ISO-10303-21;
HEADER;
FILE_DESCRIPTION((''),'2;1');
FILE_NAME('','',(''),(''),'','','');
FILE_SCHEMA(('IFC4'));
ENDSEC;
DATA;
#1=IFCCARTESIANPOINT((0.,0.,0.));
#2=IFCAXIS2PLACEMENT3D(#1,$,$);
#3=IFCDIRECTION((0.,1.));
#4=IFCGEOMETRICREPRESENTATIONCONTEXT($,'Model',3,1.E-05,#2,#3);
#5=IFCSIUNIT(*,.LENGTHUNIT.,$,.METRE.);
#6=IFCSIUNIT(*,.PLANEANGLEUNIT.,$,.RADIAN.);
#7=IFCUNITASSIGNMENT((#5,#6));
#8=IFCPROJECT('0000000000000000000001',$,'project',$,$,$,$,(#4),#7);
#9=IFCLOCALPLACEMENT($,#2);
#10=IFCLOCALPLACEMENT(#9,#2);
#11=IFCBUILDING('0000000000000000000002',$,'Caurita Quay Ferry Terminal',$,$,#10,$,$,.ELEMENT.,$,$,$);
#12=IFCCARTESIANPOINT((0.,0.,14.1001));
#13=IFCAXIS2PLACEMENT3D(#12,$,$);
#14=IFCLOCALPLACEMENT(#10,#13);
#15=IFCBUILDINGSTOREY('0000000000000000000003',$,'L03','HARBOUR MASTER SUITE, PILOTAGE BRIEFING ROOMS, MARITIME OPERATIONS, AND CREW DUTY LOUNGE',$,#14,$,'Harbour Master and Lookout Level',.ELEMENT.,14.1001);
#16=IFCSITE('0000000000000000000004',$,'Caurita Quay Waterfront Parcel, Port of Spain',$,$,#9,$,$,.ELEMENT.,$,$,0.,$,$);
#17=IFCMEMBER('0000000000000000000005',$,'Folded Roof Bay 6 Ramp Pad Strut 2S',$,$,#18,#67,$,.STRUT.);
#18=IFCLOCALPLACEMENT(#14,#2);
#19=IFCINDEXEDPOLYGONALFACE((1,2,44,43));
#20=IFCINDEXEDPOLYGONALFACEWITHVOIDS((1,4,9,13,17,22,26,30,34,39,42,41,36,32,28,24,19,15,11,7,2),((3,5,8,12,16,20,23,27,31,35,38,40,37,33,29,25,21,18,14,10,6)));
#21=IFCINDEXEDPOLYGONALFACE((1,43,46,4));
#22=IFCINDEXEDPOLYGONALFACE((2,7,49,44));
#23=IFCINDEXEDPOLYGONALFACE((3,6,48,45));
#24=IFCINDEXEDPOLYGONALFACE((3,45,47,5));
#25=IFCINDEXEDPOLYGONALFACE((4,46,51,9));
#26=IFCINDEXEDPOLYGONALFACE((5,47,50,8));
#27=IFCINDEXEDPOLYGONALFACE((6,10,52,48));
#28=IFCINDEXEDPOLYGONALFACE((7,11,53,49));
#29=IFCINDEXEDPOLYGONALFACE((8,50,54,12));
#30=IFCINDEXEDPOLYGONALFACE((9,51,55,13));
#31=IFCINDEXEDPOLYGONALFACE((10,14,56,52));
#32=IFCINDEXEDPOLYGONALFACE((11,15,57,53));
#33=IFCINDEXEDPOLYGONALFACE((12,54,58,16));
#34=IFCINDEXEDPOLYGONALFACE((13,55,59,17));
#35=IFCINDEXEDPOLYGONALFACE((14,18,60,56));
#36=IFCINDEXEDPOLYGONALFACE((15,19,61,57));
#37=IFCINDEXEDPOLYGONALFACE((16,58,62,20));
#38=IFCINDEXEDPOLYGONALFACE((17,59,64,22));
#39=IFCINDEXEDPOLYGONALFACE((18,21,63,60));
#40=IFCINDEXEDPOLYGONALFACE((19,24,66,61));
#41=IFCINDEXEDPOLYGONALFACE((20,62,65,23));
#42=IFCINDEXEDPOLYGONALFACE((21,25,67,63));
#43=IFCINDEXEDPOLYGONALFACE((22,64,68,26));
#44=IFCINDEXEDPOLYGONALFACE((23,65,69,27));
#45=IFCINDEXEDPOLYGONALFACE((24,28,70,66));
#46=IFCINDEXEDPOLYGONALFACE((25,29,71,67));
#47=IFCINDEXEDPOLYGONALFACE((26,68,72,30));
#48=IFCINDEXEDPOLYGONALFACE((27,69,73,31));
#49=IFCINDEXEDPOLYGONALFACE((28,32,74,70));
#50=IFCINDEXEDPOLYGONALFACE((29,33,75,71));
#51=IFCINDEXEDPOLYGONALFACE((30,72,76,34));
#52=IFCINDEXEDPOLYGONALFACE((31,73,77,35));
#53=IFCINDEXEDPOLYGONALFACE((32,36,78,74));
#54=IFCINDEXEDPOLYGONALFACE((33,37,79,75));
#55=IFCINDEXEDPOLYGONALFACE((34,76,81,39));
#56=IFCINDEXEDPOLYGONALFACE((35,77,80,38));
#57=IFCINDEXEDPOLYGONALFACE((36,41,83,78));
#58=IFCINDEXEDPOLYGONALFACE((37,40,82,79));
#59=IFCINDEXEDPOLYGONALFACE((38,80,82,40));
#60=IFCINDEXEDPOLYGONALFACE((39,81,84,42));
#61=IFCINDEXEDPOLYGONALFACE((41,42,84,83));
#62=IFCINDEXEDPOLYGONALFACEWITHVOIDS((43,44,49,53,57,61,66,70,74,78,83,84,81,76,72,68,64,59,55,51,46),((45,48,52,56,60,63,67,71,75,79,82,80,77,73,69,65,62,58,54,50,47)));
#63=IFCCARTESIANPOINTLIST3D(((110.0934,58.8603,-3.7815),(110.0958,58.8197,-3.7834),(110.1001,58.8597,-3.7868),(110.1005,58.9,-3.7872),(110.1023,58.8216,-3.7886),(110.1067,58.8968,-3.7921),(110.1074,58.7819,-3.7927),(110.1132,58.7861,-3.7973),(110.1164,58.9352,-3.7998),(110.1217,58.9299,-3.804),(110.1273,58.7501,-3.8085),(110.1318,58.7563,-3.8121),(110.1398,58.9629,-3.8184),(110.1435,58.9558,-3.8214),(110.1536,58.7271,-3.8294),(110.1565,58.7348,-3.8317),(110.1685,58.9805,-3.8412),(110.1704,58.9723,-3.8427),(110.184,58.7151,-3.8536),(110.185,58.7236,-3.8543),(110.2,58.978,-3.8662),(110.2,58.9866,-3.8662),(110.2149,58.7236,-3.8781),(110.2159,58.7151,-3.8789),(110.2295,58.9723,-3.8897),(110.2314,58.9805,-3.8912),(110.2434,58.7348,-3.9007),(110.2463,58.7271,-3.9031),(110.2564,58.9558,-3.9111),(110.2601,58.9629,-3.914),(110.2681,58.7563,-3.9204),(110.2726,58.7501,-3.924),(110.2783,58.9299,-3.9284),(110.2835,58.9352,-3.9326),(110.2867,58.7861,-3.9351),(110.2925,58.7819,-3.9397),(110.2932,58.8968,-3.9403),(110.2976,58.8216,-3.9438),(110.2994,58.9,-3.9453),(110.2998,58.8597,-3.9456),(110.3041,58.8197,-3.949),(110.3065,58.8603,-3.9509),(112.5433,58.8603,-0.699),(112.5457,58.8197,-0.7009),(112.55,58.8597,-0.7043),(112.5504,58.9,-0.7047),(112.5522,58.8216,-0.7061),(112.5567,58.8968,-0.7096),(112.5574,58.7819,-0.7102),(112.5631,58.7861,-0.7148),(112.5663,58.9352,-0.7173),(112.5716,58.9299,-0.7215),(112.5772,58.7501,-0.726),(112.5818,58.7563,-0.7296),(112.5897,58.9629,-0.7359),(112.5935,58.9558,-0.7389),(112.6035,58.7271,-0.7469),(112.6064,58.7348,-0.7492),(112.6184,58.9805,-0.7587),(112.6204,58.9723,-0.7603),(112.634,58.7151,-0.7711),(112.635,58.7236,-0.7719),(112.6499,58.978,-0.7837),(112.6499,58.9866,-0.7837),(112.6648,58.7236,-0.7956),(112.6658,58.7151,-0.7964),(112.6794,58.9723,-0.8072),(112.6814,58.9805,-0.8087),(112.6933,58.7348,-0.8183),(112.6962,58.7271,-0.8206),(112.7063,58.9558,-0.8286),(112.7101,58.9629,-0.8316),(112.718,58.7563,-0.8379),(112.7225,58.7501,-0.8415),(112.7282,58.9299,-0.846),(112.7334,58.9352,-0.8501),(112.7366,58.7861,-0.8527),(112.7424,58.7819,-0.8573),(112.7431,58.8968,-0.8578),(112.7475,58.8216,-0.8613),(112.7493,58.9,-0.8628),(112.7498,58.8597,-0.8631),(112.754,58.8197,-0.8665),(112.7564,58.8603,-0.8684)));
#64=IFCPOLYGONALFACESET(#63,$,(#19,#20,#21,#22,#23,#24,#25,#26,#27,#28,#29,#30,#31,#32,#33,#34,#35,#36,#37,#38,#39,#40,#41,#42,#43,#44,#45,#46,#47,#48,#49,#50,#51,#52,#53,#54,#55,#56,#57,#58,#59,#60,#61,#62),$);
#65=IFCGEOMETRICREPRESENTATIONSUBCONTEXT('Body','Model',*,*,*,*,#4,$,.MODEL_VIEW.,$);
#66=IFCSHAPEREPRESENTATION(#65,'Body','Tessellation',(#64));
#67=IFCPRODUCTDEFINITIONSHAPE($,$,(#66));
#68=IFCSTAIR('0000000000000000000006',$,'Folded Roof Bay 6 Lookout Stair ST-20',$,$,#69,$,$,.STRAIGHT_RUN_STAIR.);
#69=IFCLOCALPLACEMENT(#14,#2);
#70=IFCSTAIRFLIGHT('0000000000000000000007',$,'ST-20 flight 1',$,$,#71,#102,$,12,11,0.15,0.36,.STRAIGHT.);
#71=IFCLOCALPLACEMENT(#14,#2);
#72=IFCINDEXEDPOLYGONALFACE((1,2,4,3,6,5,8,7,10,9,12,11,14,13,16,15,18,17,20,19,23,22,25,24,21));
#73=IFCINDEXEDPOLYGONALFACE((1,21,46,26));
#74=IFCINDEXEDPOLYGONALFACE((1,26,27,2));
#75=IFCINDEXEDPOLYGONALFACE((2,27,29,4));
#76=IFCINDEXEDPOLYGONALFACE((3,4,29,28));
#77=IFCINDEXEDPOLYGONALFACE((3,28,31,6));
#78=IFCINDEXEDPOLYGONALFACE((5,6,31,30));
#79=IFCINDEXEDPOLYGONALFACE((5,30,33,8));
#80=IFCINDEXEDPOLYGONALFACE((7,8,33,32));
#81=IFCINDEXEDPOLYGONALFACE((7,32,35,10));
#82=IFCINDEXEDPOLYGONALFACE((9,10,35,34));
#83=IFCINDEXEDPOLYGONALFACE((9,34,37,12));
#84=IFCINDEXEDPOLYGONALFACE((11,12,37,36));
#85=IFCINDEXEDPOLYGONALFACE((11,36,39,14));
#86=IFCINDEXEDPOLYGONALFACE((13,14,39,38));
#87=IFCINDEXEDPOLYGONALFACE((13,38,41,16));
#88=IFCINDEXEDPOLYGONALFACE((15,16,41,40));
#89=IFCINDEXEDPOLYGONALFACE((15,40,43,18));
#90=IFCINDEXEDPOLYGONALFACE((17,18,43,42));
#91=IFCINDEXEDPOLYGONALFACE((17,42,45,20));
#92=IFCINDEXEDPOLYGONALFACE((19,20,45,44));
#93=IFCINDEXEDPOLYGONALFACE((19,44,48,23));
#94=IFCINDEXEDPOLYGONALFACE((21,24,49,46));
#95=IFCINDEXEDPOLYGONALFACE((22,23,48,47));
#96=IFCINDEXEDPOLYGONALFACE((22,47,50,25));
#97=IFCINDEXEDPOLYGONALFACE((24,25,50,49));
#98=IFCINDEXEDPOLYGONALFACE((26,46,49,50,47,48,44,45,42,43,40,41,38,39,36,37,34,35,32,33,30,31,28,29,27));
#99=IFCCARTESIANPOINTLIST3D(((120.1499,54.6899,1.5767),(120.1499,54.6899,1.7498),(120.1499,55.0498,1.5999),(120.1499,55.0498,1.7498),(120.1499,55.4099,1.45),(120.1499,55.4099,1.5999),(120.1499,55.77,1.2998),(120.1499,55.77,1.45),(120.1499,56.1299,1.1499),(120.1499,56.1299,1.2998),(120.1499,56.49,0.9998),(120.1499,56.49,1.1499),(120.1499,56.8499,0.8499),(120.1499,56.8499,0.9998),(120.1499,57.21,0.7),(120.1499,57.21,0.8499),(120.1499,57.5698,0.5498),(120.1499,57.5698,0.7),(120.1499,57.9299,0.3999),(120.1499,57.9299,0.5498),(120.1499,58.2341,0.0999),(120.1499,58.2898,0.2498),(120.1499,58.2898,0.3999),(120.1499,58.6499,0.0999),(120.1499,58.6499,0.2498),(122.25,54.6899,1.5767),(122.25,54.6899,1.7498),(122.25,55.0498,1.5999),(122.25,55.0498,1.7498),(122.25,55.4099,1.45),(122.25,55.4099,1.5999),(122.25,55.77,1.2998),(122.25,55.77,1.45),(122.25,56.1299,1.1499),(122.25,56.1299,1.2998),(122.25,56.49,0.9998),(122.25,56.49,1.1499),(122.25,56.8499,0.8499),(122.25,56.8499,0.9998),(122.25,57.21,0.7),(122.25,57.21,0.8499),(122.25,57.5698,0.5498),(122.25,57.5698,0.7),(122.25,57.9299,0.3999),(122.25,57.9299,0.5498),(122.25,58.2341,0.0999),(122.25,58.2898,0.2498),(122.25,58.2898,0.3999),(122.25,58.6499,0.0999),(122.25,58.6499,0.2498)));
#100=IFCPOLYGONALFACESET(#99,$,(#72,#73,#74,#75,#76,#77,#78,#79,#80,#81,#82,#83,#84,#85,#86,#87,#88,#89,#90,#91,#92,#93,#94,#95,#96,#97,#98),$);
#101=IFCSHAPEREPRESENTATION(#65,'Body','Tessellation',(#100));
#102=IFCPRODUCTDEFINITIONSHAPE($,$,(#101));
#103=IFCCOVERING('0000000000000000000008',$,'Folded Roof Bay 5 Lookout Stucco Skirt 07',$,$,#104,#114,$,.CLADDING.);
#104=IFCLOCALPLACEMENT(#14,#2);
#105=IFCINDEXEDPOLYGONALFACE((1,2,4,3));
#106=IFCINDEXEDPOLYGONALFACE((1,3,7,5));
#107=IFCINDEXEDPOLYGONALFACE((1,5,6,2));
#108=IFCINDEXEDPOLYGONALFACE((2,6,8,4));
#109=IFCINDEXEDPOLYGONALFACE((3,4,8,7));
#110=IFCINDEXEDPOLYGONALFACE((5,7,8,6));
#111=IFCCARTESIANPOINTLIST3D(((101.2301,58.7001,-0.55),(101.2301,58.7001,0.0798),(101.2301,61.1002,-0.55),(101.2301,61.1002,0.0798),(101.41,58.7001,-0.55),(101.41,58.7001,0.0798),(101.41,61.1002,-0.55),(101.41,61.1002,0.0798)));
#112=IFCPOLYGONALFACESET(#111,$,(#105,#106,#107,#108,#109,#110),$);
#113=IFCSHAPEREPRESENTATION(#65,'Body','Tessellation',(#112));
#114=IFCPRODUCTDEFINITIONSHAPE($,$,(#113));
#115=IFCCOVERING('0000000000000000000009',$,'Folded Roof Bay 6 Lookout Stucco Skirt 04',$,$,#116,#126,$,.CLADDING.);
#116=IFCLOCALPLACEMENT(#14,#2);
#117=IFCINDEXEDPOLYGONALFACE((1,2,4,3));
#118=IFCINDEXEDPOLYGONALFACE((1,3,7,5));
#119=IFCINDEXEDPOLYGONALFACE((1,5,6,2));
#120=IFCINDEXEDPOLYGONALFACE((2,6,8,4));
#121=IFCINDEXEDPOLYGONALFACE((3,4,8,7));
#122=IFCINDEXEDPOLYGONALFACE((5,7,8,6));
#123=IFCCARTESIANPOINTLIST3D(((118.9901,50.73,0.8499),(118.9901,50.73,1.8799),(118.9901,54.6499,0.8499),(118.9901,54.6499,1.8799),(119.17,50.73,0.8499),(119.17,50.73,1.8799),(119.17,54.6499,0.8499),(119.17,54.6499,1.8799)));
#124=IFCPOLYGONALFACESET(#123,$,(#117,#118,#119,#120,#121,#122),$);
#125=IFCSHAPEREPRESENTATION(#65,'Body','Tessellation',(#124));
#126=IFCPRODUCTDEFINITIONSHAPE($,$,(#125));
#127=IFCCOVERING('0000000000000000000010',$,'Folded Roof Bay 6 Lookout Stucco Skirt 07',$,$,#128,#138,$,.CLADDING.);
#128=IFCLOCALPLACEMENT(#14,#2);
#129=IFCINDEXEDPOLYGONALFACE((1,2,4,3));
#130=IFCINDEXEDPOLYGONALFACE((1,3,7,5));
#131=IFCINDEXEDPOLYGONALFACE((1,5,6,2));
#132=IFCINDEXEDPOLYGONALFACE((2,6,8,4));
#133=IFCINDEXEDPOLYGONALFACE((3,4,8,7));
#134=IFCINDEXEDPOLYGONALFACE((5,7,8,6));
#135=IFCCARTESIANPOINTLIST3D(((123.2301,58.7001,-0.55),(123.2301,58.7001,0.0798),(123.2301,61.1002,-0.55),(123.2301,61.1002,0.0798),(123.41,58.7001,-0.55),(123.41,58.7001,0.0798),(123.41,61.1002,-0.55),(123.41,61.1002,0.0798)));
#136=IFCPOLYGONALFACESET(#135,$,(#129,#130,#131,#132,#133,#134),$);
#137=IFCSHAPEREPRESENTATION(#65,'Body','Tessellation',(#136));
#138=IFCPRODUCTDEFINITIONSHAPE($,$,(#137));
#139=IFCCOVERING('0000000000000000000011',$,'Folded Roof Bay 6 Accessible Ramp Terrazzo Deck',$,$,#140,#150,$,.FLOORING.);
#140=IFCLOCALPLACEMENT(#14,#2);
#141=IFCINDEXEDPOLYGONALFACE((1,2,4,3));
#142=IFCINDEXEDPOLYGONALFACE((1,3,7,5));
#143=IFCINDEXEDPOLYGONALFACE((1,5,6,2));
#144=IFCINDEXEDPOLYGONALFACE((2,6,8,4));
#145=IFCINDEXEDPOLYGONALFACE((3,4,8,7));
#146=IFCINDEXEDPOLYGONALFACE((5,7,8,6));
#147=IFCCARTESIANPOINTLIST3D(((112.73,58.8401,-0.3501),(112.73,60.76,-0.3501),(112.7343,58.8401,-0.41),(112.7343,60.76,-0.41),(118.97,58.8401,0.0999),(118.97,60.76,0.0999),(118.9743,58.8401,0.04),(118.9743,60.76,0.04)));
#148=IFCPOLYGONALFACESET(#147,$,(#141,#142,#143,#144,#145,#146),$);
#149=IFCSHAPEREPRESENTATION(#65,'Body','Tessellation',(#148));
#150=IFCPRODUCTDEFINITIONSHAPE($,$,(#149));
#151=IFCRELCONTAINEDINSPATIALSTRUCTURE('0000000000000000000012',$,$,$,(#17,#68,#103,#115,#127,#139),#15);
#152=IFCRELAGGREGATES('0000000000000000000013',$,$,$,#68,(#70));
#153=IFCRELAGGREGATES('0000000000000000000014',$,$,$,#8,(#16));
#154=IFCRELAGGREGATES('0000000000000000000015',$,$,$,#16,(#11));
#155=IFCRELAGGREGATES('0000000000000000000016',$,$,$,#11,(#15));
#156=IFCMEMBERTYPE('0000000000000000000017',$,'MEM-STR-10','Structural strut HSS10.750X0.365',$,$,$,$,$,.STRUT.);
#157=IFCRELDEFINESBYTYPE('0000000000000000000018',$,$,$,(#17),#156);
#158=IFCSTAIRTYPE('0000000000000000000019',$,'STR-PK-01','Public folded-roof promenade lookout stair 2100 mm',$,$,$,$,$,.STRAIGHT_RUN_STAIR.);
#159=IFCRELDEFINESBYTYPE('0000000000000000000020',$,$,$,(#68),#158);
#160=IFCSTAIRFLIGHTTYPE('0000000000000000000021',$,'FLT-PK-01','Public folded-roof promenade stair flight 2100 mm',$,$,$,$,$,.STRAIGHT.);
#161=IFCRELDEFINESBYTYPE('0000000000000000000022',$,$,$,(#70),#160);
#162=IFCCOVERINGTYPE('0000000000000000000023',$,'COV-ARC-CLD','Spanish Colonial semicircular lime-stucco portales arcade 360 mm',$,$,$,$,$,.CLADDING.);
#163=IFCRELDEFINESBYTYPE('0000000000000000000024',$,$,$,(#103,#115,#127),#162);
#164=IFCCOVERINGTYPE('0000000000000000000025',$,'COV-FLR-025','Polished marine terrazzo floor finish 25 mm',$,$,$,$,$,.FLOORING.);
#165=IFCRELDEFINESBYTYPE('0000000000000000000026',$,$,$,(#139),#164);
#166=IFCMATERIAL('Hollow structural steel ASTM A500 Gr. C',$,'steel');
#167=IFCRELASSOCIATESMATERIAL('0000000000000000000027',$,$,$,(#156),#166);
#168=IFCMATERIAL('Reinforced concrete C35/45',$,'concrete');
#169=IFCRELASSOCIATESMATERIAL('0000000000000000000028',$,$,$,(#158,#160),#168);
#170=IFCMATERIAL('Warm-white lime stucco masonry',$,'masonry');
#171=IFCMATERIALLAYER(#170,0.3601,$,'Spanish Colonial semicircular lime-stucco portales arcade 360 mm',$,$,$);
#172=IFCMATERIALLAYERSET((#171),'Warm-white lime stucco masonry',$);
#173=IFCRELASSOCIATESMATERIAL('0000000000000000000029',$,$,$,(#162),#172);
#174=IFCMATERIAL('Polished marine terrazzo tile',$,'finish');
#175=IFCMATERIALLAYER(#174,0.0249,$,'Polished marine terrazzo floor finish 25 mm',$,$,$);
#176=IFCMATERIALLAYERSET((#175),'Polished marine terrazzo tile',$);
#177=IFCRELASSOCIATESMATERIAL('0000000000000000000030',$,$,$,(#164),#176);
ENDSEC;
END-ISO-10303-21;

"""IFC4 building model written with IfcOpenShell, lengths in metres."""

from ifc_helpers import new_model, si_unit, direction, frame, frame_2d, origin, origin_2d, place, context, subcontext, project, spatial, polyline, rectangle, hollow_circle, outline, extrude, material, layer, layer_set, material_profile, profile_set, type_object, element, aggregate, save


model = new_model("IFC4")

# Units and contexts
model_context = context("Model", 3, precision=1e-05, world=origin(), true_north=direction((0.0, 1.0)))
body_context = subcontext(model_context, "Body", "Model", "MODEL_VIEW")
ifc_project = project(units=[si_unit("LENGTHUNIT", "METRE"), si_unit("PLANEANGLEUNIT", "RADIAN")], contexts=[model_context])

# Site, building, storey
site_placement = place(None, origin())
site = spatial("IfcSite", under=ifc_project, at=site_placement, Name="Caurita Quay Waterfront Parcel, Port of Spain", CompositionType="ELEMENT", RefElevation=0.0)
building_placement = place(site_placement, origin())
building = spatial("IfcBuilding", under=site, at=building_placement, Name="Caurita Quay Ferry Terminal", CompositionType="ELEMENT")
storey_placement = place(building_placement, frame((0.0, 0.0, 14.1001)))
storey = spatial("IfcBuildingStorey", under=building, at=storey_placement, Name="L03", Description="HARBOUR MASTER SUITE, PILOTAGE BRIEFING ROOMS, MARITIME OPERATIONS, AND CREW DUTY LOUNGE", LongName="Harbour Master and Lookout Level", CompositionType="ELEMENT", Elevation=14.1001)

# Shared definitions
ifc_material_1 = material(Name="Reinforced concrete C35/45", Category="concrete")

# Member
ifc_material_2 = material(Name="Hollow structural steel ASTM A500 Gr. C", Category="steel")
ifc_material_profile_1 = material_profile(ifc_material_2, hollow_circle(Radius=0.1365, WallThickness=0.0085, at=origin_2d()), Name="HSS10.750X0.365")
ifc_profile_set_1 = profile_set([ifc_material_profile_1], Name="Hollow structural steel ASTM A500 Gr. C")
member_type_1 = type_object("IfcMemberType", Name="MEM-STR-10", Description="Structural strut HSS10.750X0.365", PredefinedType="STRUT", material=ifc_profile_set_1)
member_1_placement = place(storey_placement, frame((110.2, 58.8501, -3.8662), z_axis=(0.622204, 0.0, 0.782855), x_axis=(0.0, 1.0, 0.0)))
element("IfcMember", 1, at=member_1_placement, inside=storey, type_object=member_type_1, Name="Folded Roof Bay 6 Ramp Pad Strut 2S", PredefinedType="STRUT", context=body_context, shape_type="SweptSolid", body=[
    extrude(hollow_circle(Radius=0.1365, WallThickness=0.0085, at=origin_2d()), origin(), (0.0, 0.0, 1.0), 3.9375),
])

# Stair, stair flight
stair_type = type_object("IfcStairType", Name="STR-PK-01", Description="Public folded-roof promenade lookout stair 2100 mm", PredefinedType="STRAIGHT_RUN_STAIR", material=ifc_material_1)
stair_placement = place(storey_placement, origin())
stair = element("IfcStair", 2, at=stair_placement, inside=storey, type_object=stair_type, Name="Folded Roof Bay 6 Lookout Stair ST-20", PredefinedType="STRAIGHT_RUN_STAIR")
stair_flight_type = type_object("IfcStairFlightType", Name="FLT-PK-01", Description="Public folded-roof promenade stair flight 2100 mm", PredefinedType="STRAIGHT", material=ifc_material_1)
stair_flight_placement = place(storey_placement, frame((121.2, 58.6499, 0.0999), z_axis=(0.0, 0.0, 1.0), x_axis=(0.0, -1.0, 0.0)))
stair_flight = element("IfcStairFlight", 3, at=stair_flight_placement, type_object=stair_flight_type, Name="ST-20 flight 1", NumberOfRisers=12, NumberOfTreads=11, PredefinedType="STRAIGHT", RiserHeight=0.15, TreadLength=0.36, context=body_context, shape_type="SweptSolid", body=[
    extrude(outline(polyline([(0.0, 0.0), (0.0, 0.1499), (0.3601, 0.1499), (0.3601, 0.3), (0.72, 0.3), (0.72, 0.45), (1.0801, 0.45), (1.0801, 0.6001), (1.4399, 0.6001), (1.4399, 0.75), (1.8, 0.75), (1.8, 0.8999), (2.1599, 0.8999), (2.1599, 1.05), (2.52, 1.05), (2.52, 1.2), (2.8799, 1.2), (2.8799, 1.3501), (3.24, 1.3501), (3.24, 1.5), (3.6001, 1.5), (3.6001, 1.6499), (3.96, 1.6499), (3.96, 1.8), (3.96, 1.4768), (0.4158, 0.0), (0.0, 0.0)])), frame((0.0, 1.05, 0.0), z_axis=(0.0, -1.0, 0.0), x_axis=(1.0, 0.0, 0.0)), (0.0, 0.0, 1.0), 2.1001),
])
aggregate(stair, [stair_flight])

# Coverings
ifc_material_3 = material(Name="Warm-white lime stucco masonry", Category="masonry")
ifc_layer_1 = layer(ifc_material_3, 0.3601, Name="Spanish Colonial semicircular lime-stucco portales arcade 360 mm")
ifc_layer_set_1 = layer_set([ifc_layer_1], Name="Warm-white lime stucco masonry")
covering_type_1 = type_object("IfcCoveringType", Name="COV-ARC-CLD", Description="Spanish Colonial semicircular lime-stucco portales arcade 360 mm", PredefinedType="CLADDING", material=ifc_layer_set_1)
covering_1_placement = place(storey_placement, frame((101.3201, 58.7, -0.55), z_axis=(0.0, 0.0, 1.0), x_axis=(0.0, 1.0, 0.0)))
element("IfcCovering", 4, at=covering_1_placement, inside=storey, type_object=covering_type_1, Name="Folded Roof Bay 5 Lookout Stucco Skirt 07", PredefinedType="CLADDING", context=body_context, shape_type="SweptSolid", body=[
    extrude(rectangle(XDim=2.4001, YDim=0.1799, at=frame_2d((1.2002, 0.0))), origin(), (0.0, 0.0, 1.0), 0.6299),
])
covering_2_placement = place(storey_placement, frame((119.0801, 54.6499, 0.8499), z_axis=(0.0, 0.0, 1.0), x_axis=(0.0, -1.0, 0.0)))
element("IfcCovering", 5, at=covering_2_placement, inside=storey, type_object=covering_type_1, Name="Folded Roof Bay 6 Lookout Stucco Skirt 04", PredefinedType="CLADDING", context=body_context, shape_type="SweptSolid", body=[
    extrude(rectangle(XDim=3.9199, YDim=0.1799, at=frame_2d((1.96, 0.0))), origin(), (0.0, 0.0, 1.0), 1.03),
])
covering_3_placement = place(storey_placement, frame((123.3201, 58.7, -0.55), z_axis=(0.0, 0.0, 1.0), x_axis=(0.0, 1.0, 0.0)))
element("IfcCovering", 6, at=covering_3_placement, inside=storey, type_object=covering_type_1, Name="Folded Roof Bay 6 Lookout Stucco Skirt 07", PredefinedType="CLADDING", context=body_context, shape_type="SweptSolid", body=[
    extrude(rectangle(XDim=2.4001, YDim=0.1799, at=frame_2d((1.2002, 0.0))), origin(), (0.0, 0.0, 1.0), 0.6299),
])
ifc_material_4 = material(Name="Polished marine terrazzo tile", Category="finish")
ifc_layer_2 = layer(ifc_material_4, 0.0249, Name="Polished marine terrazzo floor finish 25 mm")
ifc_layer_set_2 = layer_set([ifc_layer_2], Name="Polished marine terrazzo tile")
covering_type_2 = type_object("IfcCoveringType", Name="COV-FLR-025", Description="Polished marine terrazzo floor finish 25 mm", PredefinedType="FLOORING", material=ifc_layer_set_2)
covering_4_placement = place(storey_placement, frame((112.73, 58.8401, -0.3501), z_axis=(-0.071921, 0.0, 0.99741), x_axis=(0.99741, 0.0, 0.071921)))
element("IfcCovering", 7, at=covering_4_placement, inside=storey, type_object=covering_type_2, Name="Folded Roof Bay 6 Accessible Ramp Terrazzo Deck", PredefinedType="FLOORING", context=body_context, shape_type="SweptSolid", body=[
    extrude(outline(polyline([(0.0, 0.0), (6.2562, 0.0), (6.2562, 1.9199), (0.0, 1.9199), (0.0, 0.0)])), origin(), (0.0, 0.0, -1.0), 0.0601),
])

save(model, "model.ifc")
